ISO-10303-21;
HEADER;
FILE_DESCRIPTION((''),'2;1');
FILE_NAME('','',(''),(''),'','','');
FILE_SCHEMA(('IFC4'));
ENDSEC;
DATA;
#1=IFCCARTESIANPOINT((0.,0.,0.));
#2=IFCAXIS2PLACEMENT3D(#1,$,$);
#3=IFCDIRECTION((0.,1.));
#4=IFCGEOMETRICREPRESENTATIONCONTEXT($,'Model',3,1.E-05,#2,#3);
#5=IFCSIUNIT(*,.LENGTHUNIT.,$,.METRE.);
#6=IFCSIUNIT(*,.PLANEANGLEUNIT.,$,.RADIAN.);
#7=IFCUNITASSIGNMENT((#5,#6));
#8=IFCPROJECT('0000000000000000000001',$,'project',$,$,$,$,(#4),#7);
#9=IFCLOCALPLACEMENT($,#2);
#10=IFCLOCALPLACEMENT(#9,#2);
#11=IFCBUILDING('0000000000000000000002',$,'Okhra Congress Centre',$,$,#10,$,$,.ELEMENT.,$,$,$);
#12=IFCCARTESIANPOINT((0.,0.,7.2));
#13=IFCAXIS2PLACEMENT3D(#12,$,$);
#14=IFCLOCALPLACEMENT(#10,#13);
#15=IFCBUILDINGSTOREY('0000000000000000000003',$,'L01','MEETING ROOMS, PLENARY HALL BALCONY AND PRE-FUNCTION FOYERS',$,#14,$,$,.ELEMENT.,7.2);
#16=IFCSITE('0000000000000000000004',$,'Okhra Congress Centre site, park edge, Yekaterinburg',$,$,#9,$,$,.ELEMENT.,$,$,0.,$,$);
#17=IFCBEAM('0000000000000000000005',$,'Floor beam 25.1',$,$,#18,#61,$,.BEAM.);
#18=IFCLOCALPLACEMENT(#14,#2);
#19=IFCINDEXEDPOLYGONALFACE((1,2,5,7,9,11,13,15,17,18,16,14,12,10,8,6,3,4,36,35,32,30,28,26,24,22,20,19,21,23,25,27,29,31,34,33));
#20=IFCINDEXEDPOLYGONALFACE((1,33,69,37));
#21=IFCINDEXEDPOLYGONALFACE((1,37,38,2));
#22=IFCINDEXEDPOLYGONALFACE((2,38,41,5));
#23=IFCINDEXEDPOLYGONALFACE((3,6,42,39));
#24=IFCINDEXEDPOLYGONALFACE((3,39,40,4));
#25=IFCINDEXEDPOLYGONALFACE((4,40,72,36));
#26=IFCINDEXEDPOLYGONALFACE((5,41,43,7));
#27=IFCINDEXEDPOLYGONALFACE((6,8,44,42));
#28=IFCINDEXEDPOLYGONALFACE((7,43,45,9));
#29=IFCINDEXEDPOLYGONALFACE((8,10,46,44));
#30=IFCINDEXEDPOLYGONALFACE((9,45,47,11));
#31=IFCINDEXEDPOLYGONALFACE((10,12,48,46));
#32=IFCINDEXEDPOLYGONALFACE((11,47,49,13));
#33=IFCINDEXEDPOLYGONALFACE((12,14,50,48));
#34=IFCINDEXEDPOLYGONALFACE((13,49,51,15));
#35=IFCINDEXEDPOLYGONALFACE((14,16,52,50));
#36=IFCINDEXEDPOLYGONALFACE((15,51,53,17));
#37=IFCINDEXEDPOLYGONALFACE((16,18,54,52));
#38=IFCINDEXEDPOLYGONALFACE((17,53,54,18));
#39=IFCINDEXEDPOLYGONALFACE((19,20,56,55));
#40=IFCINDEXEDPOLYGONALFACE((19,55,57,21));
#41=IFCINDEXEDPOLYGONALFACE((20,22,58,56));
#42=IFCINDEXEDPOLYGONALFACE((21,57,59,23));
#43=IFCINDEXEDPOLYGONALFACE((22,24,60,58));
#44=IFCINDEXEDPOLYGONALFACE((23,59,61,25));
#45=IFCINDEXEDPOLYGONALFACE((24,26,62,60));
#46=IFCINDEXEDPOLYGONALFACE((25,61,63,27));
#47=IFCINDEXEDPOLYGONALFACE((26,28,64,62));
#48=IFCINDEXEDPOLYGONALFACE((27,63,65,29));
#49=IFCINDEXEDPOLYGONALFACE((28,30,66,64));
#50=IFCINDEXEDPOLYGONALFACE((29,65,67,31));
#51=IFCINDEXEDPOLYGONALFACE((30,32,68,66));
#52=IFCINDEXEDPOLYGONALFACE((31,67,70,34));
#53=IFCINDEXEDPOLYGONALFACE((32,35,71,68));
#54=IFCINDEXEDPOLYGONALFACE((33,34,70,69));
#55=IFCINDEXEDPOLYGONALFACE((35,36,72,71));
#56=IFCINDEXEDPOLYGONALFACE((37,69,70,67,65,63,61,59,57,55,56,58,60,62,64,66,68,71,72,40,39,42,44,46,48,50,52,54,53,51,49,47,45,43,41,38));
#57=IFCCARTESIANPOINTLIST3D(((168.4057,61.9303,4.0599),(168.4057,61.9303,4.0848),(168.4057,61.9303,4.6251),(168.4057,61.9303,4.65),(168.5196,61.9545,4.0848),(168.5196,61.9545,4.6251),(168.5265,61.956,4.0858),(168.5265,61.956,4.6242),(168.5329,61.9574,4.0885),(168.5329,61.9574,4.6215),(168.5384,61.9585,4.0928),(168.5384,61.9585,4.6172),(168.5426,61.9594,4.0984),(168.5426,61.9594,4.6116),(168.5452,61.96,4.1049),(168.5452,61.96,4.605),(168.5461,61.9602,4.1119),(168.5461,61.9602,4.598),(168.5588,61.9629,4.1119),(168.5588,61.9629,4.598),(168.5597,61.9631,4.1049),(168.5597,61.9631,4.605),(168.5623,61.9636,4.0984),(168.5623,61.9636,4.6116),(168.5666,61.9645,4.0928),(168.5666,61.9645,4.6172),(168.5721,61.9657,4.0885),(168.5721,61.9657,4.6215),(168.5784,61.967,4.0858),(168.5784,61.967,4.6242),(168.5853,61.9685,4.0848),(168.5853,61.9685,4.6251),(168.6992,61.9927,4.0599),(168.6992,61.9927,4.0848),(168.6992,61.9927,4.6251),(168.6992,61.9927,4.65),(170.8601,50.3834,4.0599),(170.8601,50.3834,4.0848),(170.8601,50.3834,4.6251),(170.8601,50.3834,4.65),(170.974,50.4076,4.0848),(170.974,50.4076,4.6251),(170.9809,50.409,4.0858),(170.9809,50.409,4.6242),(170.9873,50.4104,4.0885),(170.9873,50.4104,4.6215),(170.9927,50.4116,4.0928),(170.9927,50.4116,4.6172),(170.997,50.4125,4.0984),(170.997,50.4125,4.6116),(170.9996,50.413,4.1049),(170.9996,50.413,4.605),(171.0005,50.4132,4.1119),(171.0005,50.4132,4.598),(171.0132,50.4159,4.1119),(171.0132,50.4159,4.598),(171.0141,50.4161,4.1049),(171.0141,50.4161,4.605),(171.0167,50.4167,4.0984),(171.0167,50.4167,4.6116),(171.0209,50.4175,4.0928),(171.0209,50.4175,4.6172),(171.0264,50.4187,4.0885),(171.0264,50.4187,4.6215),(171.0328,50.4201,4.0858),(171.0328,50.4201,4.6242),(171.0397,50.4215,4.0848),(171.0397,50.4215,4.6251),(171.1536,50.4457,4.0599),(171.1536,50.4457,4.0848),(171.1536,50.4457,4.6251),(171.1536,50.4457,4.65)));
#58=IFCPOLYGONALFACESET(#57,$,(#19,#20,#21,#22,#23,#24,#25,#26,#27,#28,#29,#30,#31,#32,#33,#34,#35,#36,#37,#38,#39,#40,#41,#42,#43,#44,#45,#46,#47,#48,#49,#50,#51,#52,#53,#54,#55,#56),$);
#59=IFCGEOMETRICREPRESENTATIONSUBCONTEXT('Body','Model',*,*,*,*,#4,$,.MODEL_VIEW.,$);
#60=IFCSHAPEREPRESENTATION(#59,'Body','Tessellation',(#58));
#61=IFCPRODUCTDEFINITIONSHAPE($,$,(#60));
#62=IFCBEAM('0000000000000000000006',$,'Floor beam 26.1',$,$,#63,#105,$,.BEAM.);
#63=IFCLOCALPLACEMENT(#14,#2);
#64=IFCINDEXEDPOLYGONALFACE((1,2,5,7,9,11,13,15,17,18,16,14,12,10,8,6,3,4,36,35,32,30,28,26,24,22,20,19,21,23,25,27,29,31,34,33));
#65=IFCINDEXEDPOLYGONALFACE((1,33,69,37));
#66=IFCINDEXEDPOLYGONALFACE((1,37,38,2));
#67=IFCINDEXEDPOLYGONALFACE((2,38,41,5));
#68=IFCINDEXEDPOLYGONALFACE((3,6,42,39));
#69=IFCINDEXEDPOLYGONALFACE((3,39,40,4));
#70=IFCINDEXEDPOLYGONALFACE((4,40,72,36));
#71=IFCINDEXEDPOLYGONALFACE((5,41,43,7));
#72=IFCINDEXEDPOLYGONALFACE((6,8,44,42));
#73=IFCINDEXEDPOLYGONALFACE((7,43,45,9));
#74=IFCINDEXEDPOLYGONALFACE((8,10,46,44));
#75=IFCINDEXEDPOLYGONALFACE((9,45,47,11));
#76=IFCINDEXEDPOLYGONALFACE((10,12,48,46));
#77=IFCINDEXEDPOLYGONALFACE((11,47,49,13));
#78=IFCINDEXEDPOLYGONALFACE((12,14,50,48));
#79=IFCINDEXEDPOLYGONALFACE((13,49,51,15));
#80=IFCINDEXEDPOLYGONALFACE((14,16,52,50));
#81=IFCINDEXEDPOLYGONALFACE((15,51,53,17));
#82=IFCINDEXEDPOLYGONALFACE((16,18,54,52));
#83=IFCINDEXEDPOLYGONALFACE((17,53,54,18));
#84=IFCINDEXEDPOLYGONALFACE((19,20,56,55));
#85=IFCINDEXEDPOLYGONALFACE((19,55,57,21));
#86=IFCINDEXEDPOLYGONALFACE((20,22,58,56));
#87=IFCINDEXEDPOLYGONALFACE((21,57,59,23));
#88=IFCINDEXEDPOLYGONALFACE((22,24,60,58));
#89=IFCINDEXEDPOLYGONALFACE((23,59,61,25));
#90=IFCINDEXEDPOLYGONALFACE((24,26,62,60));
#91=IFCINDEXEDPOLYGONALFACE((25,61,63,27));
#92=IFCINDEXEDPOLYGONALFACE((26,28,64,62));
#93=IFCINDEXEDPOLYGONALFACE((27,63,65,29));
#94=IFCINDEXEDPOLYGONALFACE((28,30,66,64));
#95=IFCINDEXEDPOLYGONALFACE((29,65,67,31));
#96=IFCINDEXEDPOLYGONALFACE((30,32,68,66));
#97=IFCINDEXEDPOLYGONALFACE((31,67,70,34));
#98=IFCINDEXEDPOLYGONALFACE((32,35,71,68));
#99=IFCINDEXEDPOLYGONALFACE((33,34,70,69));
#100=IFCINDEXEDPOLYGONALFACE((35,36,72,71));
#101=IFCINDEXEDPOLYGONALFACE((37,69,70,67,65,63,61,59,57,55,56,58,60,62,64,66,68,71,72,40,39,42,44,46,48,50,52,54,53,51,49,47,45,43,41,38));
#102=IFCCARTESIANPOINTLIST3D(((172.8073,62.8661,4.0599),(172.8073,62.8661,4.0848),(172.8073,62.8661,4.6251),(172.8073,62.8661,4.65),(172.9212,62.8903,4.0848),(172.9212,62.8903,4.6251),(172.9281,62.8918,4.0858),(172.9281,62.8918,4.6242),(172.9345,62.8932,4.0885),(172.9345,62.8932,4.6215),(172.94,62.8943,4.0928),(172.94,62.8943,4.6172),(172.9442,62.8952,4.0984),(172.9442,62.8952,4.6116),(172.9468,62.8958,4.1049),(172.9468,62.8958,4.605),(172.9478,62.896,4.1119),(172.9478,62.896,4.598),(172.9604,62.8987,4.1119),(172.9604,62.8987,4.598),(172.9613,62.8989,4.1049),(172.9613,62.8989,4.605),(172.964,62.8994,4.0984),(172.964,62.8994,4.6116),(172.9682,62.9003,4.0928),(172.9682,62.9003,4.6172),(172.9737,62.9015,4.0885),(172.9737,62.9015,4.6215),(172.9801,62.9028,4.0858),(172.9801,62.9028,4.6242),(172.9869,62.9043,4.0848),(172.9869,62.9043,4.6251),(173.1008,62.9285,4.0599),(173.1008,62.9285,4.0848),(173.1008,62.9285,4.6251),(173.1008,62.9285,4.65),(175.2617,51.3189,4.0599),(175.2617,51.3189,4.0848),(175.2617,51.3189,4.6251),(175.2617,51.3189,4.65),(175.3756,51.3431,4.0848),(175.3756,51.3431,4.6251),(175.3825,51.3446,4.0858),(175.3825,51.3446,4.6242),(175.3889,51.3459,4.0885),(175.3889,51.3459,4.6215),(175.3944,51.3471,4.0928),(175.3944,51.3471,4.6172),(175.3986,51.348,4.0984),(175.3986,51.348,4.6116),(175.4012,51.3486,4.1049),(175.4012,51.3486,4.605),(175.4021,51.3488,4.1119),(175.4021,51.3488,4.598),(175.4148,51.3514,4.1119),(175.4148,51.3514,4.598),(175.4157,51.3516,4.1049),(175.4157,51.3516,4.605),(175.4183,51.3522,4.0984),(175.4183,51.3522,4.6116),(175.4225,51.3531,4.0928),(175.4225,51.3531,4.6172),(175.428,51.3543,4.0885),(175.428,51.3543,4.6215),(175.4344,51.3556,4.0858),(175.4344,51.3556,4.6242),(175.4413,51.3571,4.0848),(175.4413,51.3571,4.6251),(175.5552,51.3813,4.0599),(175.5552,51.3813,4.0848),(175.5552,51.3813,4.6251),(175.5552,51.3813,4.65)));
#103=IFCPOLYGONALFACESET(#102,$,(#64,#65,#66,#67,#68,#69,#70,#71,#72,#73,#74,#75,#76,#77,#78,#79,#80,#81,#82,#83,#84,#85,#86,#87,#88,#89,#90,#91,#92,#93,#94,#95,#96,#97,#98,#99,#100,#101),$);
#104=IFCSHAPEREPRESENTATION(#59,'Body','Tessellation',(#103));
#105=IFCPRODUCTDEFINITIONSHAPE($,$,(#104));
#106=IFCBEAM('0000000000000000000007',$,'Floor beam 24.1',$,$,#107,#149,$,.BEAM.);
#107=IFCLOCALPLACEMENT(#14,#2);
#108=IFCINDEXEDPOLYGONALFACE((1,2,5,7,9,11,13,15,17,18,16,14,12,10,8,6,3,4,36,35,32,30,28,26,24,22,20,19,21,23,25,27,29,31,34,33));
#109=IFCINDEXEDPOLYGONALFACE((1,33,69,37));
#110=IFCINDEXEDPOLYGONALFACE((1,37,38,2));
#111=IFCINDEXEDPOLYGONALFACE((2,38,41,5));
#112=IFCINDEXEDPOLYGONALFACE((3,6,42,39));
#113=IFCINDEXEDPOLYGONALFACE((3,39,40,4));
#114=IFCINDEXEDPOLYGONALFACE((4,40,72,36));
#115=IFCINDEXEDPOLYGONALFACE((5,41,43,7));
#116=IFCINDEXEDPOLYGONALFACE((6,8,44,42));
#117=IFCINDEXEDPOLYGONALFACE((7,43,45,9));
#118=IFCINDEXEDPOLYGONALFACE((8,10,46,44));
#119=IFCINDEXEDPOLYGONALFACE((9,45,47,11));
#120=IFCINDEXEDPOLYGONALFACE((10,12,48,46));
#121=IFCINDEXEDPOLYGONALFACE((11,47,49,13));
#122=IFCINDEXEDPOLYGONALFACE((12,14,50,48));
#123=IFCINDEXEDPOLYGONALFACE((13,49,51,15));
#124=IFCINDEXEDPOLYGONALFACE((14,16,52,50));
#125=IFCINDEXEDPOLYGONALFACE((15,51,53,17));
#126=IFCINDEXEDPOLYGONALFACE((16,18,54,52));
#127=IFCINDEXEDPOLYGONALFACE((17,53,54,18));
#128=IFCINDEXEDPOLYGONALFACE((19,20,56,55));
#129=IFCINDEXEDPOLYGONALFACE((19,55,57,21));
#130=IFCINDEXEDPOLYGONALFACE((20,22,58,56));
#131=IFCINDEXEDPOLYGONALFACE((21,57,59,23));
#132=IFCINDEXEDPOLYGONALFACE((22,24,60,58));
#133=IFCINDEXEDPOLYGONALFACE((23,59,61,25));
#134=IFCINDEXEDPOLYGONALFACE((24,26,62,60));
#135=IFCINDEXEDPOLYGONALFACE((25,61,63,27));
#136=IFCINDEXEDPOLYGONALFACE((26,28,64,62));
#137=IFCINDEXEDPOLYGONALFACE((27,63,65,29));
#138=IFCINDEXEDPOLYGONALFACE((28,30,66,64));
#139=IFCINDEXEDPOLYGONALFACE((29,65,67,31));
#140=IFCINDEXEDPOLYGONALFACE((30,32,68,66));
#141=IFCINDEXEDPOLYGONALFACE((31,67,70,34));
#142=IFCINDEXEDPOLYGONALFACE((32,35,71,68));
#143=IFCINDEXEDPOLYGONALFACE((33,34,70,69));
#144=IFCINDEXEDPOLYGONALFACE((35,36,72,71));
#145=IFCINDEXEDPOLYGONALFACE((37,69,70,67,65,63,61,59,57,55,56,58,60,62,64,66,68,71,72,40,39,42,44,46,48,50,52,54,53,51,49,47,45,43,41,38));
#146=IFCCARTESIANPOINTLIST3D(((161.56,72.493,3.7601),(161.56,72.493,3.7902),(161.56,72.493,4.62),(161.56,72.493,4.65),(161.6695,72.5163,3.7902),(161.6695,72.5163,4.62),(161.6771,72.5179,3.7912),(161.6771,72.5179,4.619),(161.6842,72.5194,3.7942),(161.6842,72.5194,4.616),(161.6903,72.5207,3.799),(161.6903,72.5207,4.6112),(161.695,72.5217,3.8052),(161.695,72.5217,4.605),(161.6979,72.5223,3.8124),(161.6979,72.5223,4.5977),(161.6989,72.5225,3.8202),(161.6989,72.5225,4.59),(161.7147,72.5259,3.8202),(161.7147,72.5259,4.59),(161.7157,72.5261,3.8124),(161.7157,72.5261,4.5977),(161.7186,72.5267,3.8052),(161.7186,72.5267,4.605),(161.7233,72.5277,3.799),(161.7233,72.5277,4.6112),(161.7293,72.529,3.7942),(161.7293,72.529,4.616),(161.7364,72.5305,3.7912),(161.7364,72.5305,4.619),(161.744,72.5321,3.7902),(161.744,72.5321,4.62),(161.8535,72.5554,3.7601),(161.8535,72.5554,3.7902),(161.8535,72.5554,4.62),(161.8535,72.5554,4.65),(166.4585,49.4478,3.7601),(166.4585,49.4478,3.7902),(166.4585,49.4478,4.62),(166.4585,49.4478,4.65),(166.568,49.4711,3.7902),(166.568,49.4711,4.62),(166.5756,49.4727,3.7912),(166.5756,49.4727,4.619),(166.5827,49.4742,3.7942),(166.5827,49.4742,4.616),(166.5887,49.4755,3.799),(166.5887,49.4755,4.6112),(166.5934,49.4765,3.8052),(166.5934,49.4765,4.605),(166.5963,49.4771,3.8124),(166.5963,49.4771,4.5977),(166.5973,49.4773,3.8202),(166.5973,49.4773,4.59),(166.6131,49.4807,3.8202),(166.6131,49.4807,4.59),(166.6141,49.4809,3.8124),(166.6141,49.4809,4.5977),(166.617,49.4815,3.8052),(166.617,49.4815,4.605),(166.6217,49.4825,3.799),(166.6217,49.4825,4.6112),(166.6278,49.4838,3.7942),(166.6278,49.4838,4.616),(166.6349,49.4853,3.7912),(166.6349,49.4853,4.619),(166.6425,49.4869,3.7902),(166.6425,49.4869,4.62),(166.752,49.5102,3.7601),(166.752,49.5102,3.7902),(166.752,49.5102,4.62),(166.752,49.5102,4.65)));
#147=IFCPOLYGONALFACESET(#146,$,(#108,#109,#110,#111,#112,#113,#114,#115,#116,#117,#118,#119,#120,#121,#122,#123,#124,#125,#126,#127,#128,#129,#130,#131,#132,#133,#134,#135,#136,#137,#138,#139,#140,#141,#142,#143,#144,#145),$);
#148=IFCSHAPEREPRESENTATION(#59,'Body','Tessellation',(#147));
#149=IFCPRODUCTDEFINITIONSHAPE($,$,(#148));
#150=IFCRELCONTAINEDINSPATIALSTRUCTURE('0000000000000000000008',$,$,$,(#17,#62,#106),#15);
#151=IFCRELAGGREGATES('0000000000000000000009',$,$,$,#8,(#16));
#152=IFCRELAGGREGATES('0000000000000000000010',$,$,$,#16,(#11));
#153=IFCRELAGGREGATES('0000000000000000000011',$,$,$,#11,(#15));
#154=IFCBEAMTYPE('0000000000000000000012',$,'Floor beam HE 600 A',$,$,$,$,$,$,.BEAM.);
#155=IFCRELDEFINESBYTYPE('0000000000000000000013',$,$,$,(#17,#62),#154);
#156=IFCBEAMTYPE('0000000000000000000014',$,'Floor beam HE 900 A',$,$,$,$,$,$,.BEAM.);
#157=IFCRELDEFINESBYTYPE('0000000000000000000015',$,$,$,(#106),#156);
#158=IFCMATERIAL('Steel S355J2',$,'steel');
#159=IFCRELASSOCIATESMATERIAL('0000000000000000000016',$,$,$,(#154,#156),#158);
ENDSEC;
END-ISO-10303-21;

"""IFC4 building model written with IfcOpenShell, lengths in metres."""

from ifc_helpers import new_model, si_unit, direction, frame, origin, origin_2d, place, context, subcontext, project, spatial, i_section, extrude, material, material_profile, profile_set, type_object, element, save


model = new_model("IFC4")

# Units and contexts
model_context = context("Model", 3, precision=1e-05, world=origin(), true_north=direction((0.0, 1.0)))
body_context = subcontext(model_context, "Body", "Model", "MODEL_VIEW")
ifc_project = project(units=[si_unit("LENGTHUNIT", "METRE"), si_unit("PLANEANGLEUNIT", "RADIAN")], contexts=[model_context])

# Site, building, storey
site_placement = place(None, origin())
site = spatial("IfcSite", under=ifc_project, at=site_placement, Name="Okhra Congress Centre site, park edge, Yekaterinburg", CompositionType="ELEMENT", RefElevation=0.0)
building_placement = place(site_placement, origin())
building = spatial("IfcBuilding", under=site, at=building_placement, Name="Okhra Congress Centre", CompositionType="ELEMENT")
storey_placement = place(building_placement, frame((0.0, 0.0, 7.2)))
storey = spatial("IfcBuildingStorey", under=building, at=storey_placement, Name="L01", Description="MEETING ROOMS, PLENARY HALL BALCONY AND PRE-FUNCTION FOYERS", CompositionType="ELEMENT", Elevation=7.2)

# Shared definitions
ifc_material_1 = material(Name="Steel S355J2", Category="steel")

# Beams
ifc_material_profile_1 = material_profile(ifc_material_1, i_section(OverallWidth=0.3, OverallDepth=0.5901, WebThickness=0.0129, FlangeThickness=0.0249, FilletRadius=0.0271, at=origin_2d()), Name="HE 600 A")
ifc_profile_set_1 = profile_set([ifc_material_profile_1], Name="Steel S355J2")
beam_type_1 = type_object("IfcBeamType", Name="Floor beam HE 600 A", PredefinedType="BEAM", material=ifc_profile_set_1)
beam_1_placement = place(storey_placement, frame((171.0068, 50.4146, 4.355), z_axis=(-0.20791, 0.978148, 0.0), x_axis=(-0.978148, -0.20791, 0.0)))
element("IfcBeam", 1, at=beam_1_placement, inside=storey, type_object=beam_type_1, Name="Floor beam 25.1", PredefinedType="BEAM", context=body_context, shape_type="SweptSolid", body=[
    extrude(i_section(OverallWidth=0.3, OverallDepth=0.5901, WebThickness=0.0129, FlangeThickness=0.0249, FilletRadius=0.0271, at=origin_2d()), origin(), (0.0, 0.0, 1.0), 11.8049),
])
beam_2_placement = place(storey_placement, frame((175.4084, 51.3501, 4.355), z_axis=(-0.207906, 0.978149, 0.0), x_axis=(-0.978149, -0.207906, 0.0)))
element("IfcBeam", 2, at=beam_2_placement, inside=storey, type_object=beam_type_1, Name="Floor beam 26.1", PredefinedType="BEAM", context=body_context, shape_type="SweptSolid", body=[
    extrude(i_section(OverallWidth=0.3, OverallDepth=0.5901, WebThickness=0.0129, FlangeThickness=0.0249, FilletRadius=0.0271, at=origin_2d()), origin(), (0.0, 0.0, 1.0), 11.8052),
])
ifc_material_profile_2 = material_profile(ifc_material_1, i_section(OverallWidth=0.3, OverallDepth=0.8899, WebThickness=0.0161, FlangeThickness=0.03, FilletRadius=0.03, at=origin_2d()), Name="HE 900 A")
ifc_profile_set_2 = profile_set([ifc_material_profile_2], Name="Steel S355J2")
beam_type_2 = type_object("IfcBeamType", Name="Floor beam HE 900 A", PredefinedType="BEAM", material=ifc_profile_set_2)
beam_3_placement = place(storey_placement, frame((166.6052, 49.479, 4.2051), z_axis=(-0.207913, 0.978147, 0.0), x_axis=(-0.978147, -0.207913, 0.0)))
element("IfcBeam", 3, at=beam_3_placement, inside=storey, type_object=beam_type_2, Name="Floor beam 24.1", PredefinedType="BEAM", context=body_context, shape_type="SweptSolid", body=[
    extrude(i_section(OverallWidth=0.3, OverallDepth=0.8899, WebThickness=0.0161, FlangeThickness=0.03, FilletRadius=0.03, at=origin_2d()), origin(), (0.0, 0.0, 1.0), 23.5601),
])

save(model, "model.ifc")
